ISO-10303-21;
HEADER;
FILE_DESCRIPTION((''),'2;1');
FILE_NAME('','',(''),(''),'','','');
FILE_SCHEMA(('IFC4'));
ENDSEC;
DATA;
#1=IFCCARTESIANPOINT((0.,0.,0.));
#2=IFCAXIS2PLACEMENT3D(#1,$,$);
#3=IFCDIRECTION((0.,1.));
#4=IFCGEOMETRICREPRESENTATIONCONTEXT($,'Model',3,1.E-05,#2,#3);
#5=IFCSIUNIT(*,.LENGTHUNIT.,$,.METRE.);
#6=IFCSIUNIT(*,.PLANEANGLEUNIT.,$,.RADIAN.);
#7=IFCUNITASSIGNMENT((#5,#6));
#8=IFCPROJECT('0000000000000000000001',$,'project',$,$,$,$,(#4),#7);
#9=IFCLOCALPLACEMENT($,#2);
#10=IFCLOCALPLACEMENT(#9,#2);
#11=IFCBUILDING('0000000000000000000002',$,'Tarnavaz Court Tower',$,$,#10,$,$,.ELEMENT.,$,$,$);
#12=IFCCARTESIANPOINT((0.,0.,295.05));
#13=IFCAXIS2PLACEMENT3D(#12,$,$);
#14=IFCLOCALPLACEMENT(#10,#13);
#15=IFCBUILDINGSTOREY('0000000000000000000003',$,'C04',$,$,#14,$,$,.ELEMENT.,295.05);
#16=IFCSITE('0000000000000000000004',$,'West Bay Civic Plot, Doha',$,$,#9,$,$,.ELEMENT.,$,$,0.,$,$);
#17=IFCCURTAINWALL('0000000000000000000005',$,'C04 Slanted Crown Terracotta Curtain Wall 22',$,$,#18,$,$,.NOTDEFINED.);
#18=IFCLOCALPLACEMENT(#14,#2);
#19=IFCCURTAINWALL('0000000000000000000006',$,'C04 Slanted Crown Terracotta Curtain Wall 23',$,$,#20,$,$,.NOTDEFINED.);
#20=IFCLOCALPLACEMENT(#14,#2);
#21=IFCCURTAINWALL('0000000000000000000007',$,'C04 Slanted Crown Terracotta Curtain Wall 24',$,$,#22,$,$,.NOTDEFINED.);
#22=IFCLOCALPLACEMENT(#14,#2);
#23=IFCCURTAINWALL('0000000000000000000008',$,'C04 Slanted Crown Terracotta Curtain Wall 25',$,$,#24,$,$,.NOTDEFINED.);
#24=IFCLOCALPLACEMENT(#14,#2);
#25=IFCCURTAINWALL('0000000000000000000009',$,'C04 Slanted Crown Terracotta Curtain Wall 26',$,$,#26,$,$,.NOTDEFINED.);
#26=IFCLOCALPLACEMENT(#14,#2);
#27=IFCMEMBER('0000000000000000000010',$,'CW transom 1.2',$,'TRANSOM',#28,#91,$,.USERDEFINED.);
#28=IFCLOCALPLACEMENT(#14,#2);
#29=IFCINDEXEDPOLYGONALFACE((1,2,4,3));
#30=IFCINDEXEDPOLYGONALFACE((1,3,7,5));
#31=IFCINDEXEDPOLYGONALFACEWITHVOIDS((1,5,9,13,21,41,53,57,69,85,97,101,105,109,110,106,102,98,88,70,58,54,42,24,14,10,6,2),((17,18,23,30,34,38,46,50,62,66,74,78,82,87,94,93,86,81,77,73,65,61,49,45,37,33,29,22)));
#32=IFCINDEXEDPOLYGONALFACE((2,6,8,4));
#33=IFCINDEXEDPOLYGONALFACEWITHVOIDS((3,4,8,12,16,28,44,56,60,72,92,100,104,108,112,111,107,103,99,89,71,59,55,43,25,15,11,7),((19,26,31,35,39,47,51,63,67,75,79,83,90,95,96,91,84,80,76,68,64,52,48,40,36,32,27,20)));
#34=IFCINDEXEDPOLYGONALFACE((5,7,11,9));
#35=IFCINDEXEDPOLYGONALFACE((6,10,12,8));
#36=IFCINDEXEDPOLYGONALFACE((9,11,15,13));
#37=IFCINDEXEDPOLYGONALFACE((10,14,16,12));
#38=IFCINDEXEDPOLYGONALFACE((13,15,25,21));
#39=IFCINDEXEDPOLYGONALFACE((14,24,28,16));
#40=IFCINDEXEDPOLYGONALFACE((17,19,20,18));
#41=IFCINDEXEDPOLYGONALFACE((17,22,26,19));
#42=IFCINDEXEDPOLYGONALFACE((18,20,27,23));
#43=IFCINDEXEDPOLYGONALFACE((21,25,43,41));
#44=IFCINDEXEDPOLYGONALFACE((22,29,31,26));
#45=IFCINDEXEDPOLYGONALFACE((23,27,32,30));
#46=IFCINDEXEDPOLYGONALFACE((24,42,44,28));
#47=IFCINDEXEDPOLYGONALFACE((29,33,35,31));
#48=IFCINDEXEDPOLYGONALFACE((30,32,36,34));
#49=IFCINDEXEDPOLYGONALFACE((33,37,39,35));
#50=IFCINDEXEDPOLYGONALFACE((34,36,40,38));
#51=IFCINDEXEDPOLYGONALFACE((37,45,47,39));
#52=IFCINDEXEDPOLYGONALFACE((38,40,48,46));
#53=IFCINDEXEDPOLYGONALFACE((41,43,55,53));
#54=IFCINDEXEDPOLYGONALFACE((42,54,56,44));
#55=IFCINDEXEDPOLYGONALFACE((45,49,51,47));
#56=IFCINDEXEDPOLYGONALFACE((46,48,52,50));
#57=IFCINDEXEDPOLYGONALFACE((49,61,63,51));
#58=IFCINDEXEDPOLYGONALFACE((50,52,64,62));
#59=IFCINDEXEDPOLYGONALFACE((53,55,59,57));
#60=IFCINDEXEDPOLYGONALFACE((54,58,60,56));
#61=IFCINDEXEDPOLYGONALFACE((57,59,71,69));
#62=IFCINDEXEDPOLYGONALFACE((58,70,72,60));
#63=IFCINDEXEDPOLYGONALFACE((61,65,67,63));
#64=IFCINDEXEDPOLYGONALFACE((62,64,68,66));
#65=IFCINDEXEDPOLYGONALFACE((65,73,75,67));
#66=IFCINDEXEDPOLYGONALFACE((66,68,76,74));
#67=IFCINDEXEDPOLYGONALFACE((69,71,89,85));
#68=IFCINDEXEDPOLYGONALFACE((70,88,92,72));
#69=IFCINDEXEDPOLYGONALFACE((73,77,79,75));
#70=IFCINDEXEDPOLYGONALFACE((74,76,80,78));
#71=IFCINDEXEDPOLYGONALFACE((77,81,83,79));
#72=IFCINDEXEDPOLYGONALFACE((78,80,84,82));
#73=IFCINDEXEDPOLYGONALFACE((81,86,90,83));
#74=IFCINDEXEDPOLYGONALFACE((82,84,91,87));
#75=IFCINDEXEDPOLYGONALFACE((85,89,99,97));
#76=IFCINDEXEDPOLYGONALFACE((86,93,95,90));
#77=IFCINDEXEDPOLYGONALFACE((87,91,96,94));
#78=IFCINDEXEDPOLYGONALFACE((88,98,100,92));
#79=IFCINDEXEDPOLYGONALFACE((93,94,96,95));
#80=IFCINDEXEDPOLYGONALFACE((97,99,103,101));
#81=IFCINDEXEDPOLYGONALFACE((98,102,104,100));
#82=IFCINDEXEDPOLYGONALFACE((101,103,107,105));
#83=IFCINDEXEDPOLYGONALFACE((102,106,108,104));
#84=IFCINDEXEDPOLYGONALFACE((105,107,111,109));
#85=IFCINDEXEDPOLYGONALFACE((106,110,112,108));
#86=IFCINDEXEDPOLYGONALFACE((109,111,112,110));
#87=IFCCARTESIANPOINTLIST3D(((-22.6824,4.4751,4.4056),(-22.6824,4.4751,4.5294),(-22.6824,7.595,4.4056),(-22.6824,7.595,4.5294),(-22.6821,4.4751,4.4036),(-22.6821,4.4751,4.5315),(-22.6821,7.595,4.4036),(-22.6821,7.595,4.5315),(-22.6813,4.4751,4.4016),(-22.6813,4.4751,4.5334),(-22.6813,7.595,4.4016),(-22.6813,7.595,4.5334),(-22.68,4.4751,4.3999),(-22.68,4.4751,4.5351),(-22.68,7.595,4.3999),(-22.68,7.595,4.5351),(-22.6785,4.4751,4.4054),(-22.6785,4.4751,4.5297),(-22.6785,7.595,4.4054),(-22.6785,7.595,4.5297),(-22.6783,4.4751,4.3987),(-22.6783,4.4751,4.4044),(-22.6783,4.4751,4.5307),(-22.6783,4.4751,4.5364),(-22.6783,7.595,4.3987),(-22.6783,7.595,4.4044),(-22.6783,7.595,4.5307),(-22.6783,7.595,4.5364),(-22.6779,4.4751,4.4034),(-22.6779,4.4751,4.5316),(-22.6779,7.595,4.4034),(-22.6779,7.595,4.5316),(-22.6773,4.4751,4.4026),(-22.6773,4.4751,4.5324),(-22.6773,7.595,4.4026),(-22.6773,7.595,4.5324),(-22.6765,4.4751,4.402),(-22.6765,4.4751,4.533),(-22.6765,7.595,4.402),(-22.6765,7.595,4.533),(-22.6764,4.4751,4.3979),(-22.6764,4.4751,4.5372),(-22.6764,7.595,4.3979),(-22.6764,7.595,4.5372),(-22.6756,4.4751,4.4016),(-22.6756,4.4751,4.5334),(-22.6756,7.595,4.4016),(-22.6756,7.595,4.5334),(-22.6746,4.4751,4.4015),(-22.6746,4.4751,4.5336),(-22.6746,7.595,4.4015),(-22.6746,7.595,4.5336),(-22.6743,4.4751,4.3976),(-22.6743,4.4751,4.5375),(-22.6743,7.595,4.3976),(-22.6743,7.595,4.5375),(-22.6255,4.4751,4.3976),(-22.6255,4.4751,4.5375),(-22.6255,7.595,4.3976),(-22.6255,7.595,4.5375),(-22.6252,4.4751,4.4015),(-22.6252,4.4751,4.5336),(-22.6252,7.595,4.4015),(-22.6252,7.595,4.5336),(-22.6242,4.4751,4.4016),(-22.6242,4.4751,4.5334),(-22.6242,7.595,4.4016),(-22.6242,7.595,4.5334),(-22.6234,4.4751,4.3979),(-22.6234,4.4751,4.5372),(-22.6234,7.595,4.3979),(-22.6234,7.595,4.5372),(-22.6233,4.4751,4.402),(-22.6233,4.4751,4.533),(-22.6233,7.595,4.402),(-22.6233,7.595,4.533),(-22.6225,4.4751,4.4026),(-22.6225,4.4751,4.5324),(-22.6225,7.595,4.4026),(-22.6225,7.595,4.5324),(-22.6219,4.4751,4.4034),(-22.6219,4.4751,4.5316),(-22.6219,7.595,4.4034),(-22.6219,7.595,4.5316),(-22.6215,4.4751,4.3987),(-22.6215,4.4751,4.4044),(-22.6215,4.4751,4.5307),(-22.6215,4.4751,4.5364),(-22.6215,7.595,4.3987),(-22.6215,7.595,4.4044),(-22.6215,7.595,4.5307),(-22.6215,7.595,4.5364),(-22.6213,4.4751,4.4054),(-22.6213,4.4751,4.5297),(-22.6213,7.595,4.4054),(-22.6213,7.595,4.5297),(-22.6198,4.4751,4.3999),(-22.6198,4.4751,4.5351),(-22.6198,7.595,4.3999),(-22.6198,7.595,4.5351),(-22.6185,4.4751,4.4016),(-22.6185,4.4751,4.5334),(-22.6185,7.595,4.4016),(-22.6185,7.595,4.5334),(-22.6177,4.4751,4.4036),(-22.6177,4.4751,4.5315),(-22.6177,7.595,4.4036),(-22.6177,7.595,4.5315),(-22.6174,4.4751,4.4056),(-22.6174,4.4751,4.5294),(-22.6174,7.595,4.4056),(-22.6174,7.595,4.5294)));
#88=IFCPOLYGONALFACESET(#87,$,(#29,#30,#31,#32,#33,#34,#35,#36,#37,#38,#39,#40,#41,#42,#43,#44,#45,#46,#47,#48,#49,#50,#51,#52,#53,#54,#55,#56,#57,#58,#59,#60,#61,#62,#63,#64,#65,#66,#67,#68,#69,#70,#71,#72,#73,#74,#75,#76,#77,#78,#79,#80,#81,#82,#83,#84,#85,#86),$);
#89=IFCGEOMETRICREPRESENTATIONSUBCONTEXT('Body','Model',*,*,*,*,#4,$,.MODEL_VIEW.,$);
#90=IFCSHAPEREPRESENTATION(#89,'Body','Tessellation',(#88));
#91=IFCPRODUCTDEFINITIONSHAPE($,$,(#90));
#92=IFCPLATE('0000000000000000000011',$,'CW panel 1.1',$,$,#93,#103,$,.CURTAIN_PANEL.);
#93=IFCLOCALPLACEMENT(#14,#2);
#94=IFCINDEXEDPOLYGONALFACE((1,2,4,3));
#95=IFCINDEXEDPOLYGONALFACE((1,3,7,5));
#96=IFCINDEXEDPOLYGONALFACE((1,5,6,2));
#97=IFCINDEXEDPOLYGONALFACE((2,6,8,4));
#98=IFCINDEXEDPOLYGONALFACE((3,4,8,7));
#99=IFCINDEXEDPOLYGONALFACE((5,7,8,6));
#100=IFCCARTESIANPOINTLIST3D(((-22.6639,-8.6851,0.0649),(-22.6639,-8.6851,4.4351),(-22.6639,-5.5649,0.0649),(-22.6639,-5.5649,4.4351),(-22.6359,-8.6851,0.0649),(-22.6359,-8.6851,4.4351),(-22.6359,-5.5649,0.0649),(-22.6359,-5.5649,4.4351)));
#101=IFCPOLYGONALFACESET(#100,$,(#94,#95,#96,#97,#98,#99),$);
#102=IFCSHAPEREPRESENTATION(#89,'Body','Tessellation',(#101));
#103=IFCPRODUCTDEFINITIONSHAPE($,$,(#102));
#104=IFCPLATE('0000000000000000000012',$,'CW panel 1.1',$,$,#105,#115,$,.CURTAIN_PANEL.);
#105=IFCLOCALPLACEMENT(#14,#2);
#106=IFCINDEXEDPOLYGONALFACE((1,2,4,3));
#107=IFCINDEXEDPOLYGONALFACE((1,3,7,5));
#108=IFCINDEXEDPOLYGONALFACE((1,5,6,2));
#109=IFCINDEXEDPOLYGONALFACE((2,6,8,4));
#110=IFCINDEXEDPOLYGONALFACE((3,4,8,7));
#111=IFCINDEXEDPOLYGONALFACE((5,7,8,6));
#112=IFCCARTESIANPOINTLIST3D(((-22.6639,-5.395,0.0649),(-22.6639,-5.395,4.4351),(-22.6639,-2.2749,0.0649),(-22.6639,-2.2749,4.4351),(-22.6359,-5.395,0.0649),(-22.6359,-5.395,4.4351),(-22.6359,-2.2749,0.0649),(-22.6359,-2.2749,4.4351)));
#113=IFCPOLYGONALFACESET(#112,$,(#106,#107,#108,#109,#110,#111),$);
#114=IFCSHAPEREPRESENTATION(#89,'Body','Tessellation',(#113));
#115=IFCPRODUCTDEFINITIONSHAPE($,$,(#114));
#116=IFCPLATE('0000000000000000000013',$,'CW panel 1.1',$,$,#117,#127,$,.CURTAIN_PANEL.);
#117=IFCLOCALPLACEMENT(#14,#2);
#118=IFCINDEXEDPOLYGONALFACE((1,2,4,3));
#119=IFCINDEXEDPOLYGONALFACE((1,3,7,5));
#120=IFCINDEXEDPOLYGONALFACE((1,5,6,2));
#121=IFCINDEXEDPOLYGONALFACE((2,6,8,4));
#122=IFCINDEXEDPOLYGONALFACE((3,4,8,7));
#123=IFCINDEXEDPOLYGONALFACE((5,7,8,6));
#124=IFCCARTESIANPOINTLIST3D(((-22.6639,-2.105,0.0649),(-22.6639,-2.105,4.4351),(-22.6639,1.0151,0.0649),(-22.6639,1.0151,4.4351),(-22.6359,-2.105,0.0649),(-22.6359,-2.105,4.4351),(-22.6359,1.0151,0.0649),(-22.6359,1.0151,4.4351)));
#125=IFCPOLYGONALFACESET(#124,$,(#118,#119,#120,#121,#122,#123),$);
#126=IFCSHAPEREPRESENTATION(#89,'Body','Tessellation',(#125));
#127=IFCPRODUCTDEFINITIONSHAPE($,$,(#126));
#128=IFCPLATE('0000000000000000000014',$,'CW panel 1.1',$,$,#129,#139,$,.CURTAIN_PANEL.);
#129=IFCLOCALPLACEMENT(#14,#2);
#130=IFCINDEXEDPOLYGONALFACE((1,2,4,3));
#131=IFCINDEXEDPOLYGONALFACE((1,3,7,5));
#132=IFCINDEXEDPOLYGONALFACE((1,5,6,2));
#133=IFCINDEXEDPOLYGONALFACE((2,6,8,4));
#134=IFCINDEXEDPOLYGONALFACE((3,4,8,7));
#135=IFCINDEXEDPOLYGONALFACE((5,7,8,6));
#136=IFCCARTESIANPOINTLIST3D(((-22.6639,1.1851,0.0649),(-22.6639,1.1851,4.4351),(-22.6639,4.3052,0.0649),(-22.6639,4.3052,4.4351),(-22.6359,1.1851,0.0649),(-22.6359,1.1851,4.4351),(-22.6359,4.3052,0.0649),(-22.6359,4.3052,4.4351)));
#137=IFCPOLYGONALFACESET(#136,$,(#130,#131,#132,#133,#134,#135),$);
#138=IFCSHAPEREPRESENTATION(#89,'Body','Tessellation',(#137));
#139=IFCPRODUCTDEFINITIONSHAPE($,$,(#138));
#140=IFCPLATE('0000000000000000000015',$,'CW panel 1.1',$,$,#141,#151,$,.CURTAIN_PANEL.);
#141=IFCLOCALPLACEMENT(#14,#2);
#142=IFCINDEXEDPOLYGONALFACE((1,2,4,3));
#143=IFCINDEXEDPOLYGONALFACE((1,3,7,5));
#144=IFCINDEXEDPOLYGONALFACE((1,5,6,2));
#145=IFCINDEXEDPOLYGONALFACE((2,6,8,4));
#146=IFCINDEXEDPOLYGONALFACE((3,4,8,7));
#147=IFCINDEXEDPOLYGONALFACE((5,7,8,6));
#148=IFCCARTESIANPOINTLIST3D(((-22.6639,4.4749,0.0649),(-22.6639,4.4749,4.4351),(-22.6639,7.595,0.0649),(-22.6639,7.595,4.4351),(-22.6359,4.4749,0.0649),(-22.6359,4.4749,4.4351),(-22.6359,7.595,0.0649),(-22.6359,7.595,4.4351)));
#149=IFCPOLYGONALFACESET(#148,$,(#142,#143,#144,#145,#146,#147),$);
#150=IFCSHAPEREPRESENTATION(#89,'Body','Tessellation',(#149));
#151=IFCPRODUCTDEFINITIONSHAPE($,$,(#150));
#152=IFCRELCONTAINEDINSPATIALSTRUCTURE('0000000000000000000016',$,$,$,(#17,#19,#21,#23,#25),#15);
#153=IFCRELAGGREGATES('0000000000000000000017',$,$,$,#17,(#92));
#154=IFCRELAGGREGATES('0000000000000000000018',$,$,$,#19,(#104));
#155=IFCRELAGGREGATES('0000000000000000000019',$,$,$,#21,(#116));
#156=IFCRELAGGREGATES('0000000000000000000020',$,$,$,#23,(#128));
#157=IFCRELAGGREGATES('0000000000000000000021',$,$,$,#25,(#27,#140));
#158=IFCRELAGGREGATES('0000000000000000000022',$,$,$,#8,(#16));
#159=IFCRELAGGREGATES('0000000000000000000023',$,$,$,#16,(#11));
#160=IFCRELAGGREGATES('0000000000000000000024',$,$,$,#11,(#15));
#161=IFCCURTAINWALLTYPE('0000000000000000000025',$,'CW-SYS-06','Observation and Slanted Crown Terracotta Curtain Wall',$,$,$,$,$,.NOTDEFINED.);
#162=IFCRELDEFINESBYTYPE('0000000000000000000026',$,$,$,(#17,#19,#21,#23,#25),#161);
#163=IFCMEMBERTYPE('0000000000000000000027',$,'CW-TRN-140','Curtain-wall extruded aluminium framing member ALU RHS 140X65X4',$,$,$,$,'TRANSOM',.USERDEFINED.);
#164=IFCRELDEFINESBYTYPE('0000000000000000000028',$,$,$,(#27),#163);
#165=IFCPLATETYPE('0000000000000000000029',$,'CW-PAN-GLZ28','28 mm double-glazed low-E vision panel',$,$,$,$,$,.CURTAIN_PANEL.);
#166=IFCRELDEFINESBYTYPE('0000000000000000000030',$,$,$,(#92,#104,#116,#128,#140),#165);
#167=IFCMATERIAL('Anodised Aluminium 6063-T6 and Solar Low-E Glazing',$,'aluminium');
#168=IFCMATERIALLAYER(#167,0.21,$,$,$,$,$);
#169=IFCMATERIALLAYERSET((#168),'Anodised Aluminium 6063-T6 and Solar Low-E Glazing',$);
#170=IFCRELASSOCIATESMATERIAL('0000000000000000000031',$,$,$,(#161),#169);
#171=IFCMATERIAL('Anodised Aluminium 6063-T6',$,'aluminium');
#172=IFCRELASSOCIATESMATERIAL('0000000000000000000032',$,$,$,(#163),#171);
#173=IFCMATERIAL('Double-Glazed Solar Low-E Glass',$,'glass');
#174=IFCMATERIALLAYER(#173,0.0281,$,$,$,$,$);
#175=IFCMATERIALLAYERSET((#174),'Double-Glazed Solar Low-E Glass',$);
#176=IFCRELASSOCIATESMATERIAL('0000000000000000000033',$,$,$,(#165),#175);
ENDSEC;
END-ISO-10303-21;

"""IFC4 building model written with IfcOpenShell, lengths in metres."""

from ifc_helpers import new_model, si_unit, direction, frame, origin, origin_2d, place, context, subcontext, project, spatial, rectangle, hollow_rectangle, extrude, material, layer, layer_set, material_profile, profile_set, type_object, element, aggregate, save


model = new_model("IFC4")

# Units and contexts
model_context = context("Model", 3, precision=1e-05, world=origin(), true_north=direction((0.0, 1.0)))
body_context = subcontext(model_context, "Body", "Model", "MODEL_VIEW")
ifc_project = project(units=[si_unit("LENGTHUNIT", "METRE"), si_unit("PLANEANGLEUNIT", "RADIAN")], contexts=[model_context])

# Site, building, storey
site_placement = place(None, origin())
site = spatial("IfcSite", under=ifc_project, at=site_placement, Name="West Bay Civic Plot, Doha", CompositionType="ELEMENT", RefElevation=0.0)
building_placement = place(site_placement, origin())
building = spatial("IfcBuilding", under=site, at=building_placement, Name="Tarnavaz Court Tower", CompositionType="ELEMENT")
storey_placement = place(building_placement, frame((0.0, 0.0, 295.05)))
storey = spatial("IfcBuildingStorey", under=building, at=storey_placement, Name="C04", CompositionType="ELEMENT", Elevation=295.05)

# Curtain wall
ifc_material_1 = material(Name="Anodised Aluminium 6063-T6 and Solar Low-E Glazing", Category="aluminium")
ifc_layer_1 = layer(ifc_material_1, 0.21)
ifc_layer_set_1 = layer_set([ifc_layer_1], Name="Anodised Aluminium 6063-T6 and Solar Low-E Glazing")
curtain_wall_type = type_object("IfcCurtainWallType", Name="CW-SYS-06", Description="Observation and Slanted Crown Terracotta Curtain Wall", PredefinedType="NOTDEFINED", material=ifc_layer_set_1)
curtain_wall_1_placement = place(storey_placement, origin())
curtain_wall_1 = element("IfcCurtainWall", 1, at=curtain_wall_1_placement, inside=storey, type_object=curtain_wall_type, Name="C04 Slanted Crown Terracotta Curtain Wall 22", PredefinedType="NOTDEFINED")
ifc_material_2 = material(Name="Anodised Aluminium 6063-T6", Category="aluminium")

# Curtain walls
curtain_wall_2_placement = place(storey_placement, origin())
curtain_wall_2 = element("IfcCurtainWall", 2, at=curtain_wall_2_placement, inside=storey, type_object=curtain_wall_type, Name="C04 Slanted Crown Terracotta Curtain Wall 23", PredefinedType="NOTDEFINED")
curtain_wall_3_placement = place(storey_placement, origin())
curtain_wall_3 = element("IfcCurtainWall", 3, at=curtain_wall_3_placement, inside=storey, type_object=curtain_wall_type, Name="C04 Slanted Crown Terracotta Curtain Wall 24", PredefinedType="NOTDEFINED")
curtain_wall_4_placement = place(storey_placement, origin())
curtain_wall_4 = element("IfcCurtainWall", 4, at=curtain_wall_4_placement, inside=storey, type_object=curtain_wall_type, Name="C04 Slanted Crown Terracotta Curtain Wall 25", PredefinedType="NOTDEFINED")
curtain_wall_5_placement = place(storey_placement, origin())
curtain_wall_5 = element("IfcCurtainWall", 5, at=curtain_wall_5_placement, inside=storey, type_object=curtain_wall_type, Name="C04 Slanted Crown Terracotta Curtain Wall 26", PredefinedType="NOTDEFINED")

# Member
ifc_material_profile_1 = material_profile(ifc_material_2, hollow_rectangle(XDim=0.0649, YDim=0.1399, WallThickness=0.0039, InnerFilletRadius=0.0039, OuterFilletRadius=0.0081, at=origin_2d()), Name="ALU RHS 140X65X4")
ifc_profile_set_1 = profile_set([ifc_material_profile_1], Name="Anodised Aluminium 6063-T6")
member_type_1 = type_object("IfcMemberType", Name="CW-TRN-140", Description="Curtain-wall extruded aluminium framing member ALU RHS 140X65X4", ElementType="TRANSOM", PredefinedType="USERDEFINED", material=ifc_profile_set_1)
member_1_placement = place(storey_placement, frame((-22.6499, 4.4751, 4.4675), z_axis=(0.0, 1.0, 0.0), x_axis=(-1.0, 0.0, 0.0)))
member_1 = element("IfcMember", 6, at=member_1_placement, type_object=member_type_1, Name="CW transom 1.2", ObjectType="TRANSOM", PredefinedType="USERDEFINED", context=body_context, shape_type="SweptSolid", body=[
    extrude(hollow_rectangle(XDim=0.0649, YDim=0.1399, WallThickness=0.0039, InnerFilletRadius=0.0039, OuterFilletRadius=0.0081, at=origin_2d()), origin(), (0.0, 0.0, 1.0), 3.1199),
])

# Plates
ifc_material_3 = material(Name="Double-Glazed Solar Low-E Glass", Category="glass")
ifc_layer_2 = layer(ifc_material_3, 0.0281)
ifc_layer_set_2 = layer_set([ifc_layer_2], Name="Double-Glazed Solar Low-E Glass")
plate_type = type_object("IfcPlateType", Name="CW-PAN-GLZ28", Description="28 mm double-glazed low-E vision panel", PredefinedType="CURTAIN_PANEL", material=ifc_layer_set_2)
plate_1_placement = place(storey_placement, frame((-22.6499, -7.125, 0.0649), z_axis=(0.0, 0.0, 1.0), x_axis=(0.0, 1.0, 0.0)))
plate_1 = element("IfcPlate", 7, at=plate_1_placement, type_object=plate_type, Name="CW panel 1.1", PredefinedType="CURTAIN_PANEL", context=body_context, shape_type="SweptSolid", body=[
    extrude(rectangle(XDim=3.1201, YDim=0.0281, at=origin_2d()), origin(), (0.0, 0.0, 1.0), 4.3701),
])
aggregate(curtain_wall_1, [plate_1])
plate_2_placement = place(storey_placement, frame((-22.6499, -3.835, 0.0649), z_axis=(0.0, 0.0, 1.0), x_axis=(0.0, 1.0, 0.0)))
plate_2 = element("IfcPlate", 8, at=plate_2_placement, type_object=plate_type, Name="CW panel 1.1", PredefinedType="CURTAIN_PANEL", context=body_context, shape_type="SweptSolid", body=[
    extrude(rectangle(XDim=3.1201, YDim=0.0281, at=origin_2d()), origin(), (0.0, 0.0, 1.0), 4.3701),
])
aggregate(curtain_wall_2, [plate_2])
plate_3_placement = place(storey_placement, frame((-22.6499, -0.5449, 0.0649), z_axis=(0.0, 0.0, 1.0), x_axis=(0.0, 1.0, 0.0)))
plate_3 = element("IfcPlate", 9, at=plate_3_placement, type_object=plate_type, Name="CW panel 1.1", PredefinedType="CURTAIN_PANEL", context=body_context, shape_type="SweptSolid", body=[
    extrude(rectangle(XDim=3.1201, YDim=0.0281, at=origin_2d()), origin(), (0.0, 0.0, 1.0), 4.3701),
])
aggregate(curtain_wall_3, [plate_3])
plate_4_placement = place(storey_placement, frame((-22.6499, 2.7451, 0.0649), z_axis=(0.0, 0.0, 1.0), x_axis=(0.0, 1.0, 0.0)))
plate_4 = element("IfcPlate", 10, at=plate_4_placement, type_object=plate_type, Name="CW panel 1.1", PredefinedType="CURTAIN_PANEL", context=body_context, shape_type="SweptSolid", body=[
    extrude(rectangle(XDim=3.1201, YDim=0.0281, at=origin_2d()), origin(), (0.0, 0.0, 1.0), 4.3701),
])
aggregate(curtain_wall_4, [plate_4])
plate_5_placement = place(storey_placement, frame((-22.6499, 6.0349, 0.0649), z_axis=(0.0, 0.0, 1.0), x_axis=(0.0, 1.0, 0.0)))
plate_5 = element("IfcPlate", 11, at=plate_5_placement, type_object=plate_type, Name="CW panel 1.1", PredefinedType="CURTAIN_PANEL", context=body_context, shape_type="SweptSolid", body=[
    extrude(rectangle(XDim=3.1201, YDim=0.0281, at=origin_2d()), origin(), (0.0, 0.0, 1.0), 4.3701),
])
aggregate(curtain_wall_5, [member_1, plate_5])

save(model, "model.ifc")
